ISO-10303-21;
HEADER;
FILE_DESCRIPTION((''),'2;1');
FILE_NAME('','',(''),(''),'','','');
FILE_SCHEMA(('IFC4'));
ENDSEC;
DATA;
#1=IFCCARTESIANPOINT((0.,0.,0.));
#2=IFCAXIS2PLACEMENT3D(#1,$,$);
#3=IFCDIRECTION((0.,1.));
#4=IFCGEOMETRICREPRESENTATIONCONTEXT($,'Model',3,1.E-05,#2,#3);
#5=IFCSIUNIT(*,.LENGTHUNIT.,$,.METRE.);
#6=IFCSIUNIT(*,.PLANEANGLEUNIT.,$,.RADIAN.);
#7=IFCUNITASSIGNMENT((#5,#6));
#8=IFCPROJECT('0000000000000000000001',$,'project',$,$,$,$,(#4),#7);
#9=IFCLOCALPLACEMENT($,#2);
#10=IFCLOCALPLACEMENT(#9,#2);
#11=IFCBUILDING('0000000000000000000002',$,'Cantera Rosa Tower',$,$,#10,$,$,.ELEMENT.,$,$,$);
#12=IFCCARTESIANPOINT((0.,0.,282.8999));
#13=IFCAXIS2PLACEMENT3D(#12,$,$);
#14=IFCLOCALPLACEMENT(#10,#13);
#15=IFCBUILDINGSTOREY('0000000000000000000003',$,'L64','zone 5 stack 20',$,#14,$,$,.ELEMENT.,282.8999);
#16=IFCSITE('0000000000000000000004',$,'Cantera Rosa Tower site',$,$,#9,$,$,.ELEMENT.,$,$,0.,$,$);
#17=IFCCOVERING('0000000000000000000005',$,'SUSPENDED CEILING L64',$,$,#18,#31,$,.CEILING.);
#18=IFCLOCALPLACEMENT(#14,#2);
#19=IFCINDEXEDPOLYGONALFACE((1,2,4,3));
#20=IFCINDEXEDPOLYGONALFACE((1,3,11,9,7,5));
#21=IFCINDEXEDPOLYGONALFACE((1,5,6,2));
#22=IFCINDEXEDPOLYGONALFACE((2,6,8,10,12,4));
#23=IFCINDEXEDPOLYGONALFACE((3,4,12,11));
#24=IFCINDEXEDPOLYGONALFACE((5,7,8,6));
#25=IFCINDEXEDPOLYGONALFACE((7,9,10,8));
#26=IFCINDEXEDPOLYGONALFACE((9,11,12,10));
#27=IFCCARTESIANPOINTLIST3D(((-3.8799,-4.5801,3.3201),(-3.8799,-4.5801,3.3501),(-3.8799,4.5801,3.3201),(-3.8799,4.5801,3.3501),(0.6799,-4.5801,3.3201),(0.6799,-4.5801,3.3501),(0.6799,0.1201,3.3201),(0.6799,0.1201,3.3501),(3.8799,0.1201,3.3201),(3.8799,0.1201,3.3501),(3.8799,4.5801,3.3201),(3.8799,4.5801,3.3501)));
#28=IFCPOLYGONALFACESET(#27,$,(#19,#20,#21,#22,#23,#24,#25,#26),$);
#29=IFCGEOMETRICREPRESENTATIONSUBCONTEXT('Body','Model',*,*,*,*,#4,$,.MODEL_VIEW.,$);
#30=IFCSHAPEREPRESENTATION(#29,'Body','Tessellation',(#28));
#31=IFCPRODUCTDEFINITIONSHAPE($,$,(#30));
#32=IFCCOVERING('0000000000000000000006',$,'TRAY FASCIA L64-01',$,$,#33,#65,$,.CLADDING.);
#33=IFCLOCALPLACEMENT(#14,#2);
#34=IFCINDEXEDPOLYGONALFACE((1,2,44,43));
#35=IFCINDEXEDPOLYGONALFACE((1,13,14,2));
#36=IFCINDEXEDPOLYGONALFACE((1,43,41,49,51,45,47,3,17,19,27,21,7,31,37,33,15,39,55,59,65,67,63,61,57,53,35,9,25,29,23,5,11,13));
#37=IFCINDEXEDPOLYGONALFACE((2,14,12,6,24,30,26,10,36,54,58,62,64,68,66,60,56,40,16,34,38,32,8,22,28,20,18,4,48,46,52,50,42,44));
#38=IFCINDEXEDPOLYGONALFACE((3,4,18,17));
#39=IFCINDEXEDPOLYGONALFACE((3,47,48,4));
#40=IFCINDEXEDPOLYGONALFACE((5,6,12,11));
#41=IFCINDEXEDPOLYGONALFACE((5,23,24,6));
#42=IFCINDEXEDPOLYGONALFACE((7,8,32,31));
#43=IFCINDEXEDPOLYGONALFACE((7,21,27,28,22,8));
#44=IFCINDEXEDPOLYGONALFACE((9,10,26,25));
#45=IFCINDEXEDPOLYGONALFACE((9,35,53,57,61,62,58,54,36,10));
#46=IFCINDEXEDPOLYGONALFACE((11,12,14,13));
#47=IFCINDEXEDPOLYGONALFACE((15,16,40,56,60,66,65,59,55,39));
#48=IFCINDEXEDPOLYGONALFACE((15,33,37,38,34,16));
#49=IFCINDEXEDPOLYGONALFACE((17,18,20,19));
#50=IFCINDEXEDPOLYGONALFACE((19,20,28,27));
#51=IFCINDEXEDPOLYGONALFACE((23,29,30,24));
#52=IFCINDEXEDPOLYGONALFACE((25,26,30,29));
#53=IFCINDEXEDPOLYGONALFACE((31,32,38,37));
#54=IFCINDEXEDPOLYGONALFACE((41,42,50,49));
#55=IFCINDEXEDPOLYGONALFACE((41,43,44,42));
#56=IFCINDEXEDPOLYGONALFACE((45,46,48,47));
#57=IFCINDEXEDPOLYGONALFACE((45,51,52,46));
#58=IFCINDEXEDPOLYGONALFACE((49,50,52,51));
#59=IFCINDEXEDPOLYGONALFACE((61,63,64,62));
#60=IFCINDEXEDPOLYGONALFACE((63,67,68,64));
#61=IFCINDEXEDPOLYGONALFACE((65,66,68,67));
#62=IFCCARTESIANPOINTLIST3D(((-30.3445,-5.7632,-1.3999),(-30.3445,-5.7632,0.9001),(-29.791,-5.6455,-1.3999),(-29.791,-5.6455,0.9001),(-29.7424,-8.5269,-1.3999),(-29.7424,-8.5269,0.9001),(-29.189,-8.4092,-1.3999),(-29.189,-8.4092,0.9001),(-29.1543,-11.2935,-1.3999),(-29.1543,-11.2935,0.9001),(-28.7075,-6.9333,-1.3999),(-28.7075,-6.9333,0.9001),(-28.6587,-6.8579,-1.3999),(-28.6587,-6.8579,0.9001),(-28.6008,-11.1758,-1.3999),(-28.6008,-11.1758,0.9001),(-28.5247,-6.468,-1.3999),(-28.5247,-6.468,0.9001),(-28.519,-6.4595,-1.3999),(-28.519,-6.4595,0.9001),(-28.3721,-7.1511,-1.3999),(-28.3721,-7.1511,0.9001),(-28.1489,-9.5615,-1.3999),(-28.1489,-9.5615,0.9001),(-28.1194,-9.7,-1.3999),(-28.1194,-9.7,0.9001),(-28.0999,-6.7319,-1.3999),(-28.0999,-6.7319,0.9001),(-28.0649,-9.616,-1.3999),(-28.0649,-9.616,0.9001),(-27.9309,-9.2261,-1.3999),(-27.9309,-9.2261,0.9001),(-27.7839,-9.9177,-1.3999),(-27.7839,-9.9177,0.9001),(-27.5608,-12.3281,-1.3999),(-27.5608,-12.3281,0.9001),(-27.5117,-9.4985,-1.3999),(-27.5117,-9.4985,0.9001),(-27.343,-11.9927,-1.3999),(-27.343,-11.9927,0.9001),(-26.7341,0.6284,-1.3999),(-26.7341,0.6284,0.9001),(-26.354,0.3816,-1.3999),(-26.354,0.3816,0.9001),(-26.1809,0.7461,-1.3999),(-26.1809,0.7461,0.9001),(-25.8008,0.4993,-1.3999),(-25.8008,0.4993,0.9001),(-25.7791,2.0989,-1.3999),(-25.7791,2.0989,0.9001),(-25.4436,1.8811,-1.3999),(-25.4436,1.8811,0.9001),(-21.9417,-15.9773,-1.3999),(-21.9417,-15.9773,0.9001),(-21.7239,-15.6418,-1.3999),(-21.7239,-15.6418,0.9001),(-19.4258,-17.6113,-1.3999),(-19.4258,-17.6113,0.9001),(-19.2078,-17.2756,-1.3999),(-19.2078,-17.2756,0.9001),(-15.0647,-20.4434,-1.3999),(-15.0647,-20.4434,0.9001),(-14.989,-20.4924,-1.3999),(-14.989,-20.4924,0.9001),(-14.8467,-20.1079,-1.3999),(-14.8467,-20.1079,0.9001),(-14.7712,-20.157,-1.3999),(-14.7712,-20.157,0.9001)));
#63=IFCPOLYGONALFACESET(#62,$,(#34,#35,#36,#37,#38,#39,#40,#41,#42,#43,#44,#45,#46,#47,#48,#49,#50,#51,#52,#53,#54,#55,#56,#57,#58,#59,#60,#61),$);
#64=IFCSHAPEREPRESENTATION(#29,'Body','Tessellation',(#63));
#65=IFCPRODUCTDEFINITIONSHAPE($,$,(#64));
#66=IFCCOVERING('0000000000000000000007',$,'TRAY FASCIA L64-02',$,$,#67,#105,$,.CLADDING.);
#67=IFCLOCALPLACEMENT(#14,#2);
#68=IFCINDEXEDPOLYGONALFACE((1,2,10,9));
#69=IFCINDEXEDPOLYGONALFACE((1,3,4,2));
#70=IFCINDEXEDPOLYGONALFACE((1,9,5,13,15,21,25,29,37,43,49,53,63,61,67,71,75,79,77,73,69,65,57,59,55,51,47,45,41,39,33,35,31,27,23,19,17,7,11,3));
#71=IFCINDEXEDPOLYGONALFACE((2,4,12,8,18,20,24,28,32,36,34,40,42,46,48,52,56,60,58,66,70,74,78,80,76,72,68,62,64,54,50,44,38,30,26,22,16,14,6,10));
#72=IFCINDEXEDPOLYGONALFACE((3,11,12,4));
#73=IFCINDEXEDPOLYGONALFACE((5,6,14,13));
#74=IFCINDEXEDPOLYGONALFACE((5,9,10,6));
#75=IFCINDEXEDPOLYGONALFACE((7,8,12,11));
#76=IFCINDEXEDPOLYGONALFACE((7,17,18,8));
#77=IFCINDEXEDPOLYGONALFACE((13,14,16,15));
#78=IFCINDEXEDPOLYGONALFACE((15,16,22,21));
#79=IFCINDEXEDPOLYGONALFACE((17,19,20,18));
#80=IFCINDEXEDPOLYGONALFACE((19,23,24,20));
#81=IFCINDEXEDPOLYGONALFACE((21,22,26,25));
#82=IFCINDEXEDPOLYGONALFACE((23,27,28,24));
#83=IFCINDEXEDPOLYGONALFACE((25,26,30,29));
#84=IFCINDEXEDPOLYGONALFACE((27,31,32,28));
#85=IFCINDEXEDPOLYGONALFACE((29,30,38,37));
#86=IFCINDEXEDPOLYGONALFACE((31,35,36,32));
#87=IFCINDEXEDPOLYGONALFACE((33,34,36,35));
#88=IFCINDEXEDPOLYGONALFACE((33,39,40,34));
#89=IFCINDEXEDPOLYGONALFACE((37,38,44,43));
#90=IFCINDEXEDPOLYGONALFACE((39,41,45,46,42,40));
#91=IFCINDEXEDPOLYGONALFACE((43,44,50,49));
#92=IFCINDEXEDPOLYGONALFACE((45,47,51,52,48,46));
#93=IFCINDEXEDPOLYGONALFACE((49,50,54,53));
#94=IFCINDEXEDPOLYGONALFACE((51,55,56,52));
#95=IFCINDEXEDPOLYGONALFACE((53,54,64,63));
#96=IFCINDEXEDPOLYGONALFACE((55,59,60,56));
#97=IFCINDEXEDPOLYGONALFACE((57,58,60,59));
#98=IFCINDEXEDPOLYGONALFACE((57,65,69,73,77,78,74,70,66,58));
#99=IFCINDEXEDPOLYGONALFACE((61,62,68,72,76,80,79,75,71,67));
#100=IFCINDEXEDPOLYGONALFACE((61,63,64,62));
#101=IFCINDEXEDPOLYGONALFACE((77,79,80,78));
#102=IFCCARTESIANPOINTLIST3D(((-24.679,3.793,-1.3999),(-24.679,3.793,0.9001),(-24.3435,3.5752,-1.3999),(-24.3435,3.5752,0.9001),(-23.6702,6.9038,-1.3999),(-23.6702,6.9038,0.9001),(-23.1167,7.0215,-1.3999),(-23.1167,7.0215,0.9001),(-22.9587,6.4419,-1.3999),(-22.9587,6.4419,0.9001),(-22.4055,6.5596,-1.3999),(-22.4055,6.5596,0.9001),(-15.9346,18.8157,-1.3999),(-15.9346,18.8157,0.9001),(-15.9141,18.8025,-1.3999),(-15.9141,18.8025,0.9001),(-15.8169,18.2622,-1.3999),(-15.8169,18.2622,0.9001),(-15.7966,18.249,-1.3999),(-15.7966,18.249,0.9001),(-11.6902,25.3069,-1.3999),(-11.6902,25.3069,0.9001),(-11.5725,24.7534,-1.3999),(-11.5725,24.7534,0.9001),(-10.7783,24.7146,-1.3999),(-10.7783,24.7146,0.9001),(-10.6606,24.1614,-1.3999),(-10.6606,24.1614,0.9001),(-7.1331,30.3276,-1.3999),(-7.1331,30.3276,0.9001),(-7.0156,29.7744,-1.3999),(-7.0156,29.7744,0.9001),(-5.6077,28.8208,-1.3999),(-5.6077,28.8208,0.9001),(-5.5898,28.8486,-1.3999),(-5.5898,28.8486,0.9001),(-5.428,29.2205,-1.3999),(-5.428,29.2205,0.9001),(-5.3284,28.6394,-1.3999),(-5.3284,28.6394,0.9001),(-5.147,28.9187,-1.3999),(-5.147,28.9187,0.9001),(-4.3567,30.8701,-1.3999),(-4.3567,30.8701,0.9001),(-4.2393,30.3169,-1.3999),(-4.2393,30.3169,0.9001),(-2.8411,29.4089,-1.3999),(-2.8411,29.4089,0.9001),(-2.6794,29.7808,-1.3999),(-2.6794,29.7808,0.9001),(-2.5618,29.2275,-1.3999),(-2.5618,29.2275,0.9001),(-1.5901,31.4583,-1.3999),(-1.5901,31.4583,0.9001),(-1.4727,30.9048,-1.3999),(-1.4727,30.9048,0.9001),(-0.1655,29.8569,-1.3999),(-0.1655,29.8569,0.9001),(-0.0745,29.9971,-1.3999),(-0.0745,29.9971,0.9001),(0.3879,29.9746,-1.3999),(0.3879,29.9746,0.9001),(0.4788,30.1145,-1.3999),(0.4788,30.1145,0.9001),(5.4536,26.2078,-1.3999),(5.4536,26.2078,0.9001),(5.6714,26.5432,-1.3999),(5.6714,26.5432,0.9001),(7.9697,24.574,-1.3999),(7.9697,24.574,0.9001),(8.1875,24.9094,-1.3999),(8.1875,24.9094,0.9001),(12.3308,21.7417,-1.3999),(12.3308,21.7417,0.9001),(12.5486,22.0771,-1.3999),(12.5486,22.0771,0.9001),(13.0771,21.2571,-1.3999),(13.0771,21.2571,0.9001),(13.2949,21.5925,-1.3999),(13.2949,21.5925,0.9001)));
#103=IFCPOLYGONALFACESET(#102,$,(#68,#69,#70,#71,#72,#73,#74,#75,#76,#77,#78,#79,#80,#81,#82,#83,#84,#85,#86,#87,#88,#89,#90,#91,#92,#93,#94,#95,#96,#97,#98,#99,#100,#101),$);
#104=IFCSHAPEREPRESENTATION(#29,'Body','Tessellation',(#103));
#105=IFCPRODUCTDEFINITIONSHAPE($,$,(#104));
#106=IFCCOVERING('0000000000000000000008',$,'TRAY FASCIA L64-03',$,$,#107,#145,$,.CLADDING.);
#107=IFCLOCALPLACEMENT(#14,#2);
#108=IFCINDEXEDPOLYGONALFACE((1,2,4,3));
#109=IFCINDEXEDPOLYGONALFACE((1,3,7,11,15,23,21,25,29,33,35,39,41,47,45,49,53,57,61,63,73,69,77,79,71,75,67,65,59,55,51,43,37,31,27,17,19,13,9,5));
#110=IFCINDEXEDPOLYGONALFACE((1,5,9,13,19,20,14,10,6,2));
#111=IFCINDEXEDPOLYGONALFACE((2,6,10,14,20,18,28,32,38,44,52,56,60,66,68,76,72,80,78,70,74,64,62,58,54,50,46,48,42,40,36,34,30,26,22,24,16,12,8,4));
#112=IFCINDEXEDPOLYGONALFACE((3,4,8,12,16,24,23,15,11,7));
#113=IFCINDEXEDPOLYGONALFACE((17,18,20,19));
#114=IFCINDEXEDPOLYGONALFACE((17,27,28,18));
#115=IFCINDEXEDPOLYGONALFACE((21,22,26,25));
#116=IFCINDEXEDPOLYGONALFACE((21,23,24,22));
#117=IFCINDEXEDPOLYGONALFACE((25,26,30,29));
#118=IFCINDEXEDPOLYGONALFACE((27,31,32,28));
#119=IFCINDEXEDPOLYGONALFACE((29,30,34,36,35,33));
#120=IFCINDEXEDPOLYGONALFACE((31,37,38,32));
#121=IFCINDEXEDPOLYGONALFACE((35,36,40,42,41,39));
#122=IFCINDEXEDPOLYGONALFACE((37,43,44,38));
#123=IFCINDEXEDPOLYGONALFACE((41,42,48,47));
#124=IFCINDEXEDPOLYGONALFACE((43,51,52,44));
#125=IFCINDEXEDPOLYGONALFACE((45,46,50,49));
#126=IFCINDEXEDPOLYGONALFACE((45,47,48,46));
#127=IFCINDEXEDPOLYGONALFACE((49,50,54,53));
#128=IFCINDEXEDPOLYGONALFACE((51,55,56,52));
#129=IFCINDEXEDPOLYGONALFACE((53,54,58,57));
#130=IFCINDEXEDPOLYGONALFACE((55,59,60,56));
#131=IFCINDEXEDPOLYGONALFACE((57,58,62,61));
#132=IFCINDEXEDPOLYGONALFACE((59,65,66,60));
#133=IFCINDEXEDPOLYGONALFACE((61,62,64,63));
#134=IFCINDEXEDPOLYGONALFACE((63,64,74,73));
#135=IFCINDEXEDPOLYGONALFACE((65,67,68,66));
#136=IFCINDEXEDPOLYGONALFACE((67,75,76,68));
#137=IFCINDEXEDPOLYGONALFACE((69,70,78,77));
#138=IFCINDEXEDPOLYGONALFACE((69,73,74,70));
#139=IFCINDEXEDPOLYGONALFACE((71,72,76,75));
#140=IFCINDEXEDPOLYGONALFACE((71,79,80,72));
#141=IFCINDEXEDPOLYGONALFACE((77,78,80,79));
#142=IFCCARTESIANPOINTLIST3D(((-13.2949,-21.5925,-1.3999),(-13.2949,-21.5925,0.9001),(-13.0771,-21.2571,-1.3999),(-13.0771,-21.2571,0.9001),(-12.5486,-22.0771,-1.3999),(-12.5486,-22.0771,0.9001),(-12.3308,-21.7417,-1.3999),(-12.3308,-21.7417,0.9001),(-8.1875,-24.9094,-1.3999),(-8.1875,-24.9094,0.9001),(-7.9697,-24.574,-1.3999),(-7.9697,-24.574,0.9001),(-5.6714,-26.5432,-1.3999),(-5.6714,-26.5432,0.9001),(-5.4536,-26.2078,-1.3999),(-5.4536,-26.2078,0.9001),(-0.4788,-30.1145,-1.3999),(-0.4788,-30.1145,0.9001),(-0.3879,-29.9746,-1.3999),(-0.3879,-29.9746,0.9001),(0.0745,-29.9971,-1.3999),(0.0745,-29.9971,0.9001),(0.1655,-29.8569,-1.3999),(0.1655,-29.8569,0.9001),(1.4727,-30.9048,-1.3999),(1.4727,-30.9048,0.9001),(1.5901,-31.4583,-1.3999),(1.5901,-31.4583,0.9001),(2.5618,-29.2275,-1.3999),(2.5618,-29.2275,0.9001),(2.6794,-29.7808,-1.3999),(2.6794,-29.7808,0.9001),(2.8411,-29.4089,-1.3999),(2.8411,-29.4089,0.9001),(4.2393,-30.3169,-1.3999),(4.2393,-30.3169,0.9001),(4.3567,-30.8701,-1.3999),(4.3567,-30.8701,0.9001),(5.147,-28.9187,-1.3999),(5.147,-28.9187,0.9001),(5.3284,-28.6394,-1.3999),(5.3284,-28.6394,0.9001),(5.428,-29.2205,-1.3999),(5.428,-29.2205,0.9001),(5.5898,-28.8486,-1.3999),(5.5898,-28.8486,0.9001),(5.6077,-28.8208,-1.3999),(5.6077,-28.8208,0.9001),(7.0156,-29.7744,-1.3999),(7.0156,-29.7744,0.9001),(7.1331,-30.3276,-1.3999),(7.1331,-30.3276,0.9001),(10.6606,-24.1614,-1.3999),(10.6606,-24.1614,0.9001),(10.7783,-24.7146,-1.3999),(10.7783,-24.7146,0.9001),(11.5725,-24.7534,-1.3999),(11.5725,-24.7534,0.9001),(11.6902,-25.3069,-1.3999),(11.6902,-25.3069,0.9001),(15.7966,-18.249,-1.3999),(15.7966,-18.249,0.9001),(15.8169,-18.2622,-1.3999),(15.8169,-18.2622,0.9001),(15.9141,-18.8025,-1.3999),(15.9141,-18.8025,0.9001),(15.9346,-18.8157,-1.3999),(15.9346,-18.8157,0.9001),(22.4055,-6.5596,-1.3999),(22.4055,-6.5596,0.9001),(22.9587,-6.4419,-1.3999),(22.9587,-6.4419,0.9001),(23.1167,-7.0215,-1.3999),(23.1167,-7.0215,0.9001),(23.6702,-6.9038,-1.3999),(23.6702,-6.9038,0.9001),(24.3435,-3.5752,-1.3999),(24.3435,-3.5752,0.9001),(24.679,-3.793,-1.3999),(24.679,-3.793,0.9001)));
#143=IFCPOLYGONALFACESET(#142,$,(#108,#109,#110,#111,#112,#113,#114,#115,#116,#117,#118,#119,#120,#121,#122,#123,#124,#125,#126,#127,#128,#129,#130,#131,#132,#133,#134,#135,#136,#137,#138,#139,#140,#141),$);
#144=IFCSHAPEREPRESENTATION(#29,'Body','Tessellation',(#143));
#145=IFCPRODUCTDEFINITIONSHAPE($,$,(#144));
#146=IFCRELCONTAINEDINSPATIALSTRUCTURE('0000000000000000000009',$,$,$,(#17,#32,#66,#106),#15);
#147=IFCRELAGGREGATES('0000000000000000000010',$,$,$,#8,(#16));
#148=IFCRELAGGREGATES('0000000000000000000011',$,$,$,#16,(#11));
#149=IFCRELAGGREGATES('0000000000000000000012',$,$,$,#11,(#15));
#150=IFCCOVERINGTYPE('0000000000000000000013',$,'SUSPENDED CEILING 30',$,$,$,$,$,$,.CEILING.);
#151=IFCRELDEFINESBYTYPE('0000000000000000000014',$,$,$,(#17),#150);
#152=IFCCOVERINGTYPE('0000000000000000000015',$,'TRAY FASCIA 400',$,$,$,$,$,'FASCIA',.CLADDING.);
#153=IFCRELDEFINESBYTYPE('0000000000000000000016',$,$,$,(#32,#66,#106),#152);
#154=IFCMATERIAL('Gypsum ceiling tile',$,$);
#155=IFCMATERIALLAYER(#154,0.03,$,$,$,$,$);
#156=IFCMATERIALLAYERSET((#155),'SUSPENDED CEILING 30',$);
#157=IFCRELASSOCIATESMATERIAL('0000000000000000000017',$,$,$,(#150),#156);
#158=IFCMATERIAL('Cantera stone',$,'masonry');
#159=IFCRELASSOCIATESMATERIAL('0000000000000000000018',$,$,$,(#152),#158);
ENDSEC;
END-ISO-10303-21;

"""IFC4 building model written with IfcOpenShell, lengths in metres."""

from ifc_helpers import new_model, si_unit, direction, frame, origin, place, context, subcontext, project, spatial, polyline, outline, extrude, material, layer, layer_set, type_object, element, save


model = new_model("IFC4")

# Units and contexts
model_context = context("Model", 3, precision=1e-05, world=origin(), true_north=direction((0.0, 1.0)))
body_context = subcontext(model_context, "Body", "Model", "MODEL_VIEW")
ifc_project = project(units=[si_unit("LENGTHUNIT", "METRE"), si_unit("PLANEANGLEUNIT", "RADIAN")], contexts=[model_context])

# Site, building, storey
site_placement = place(None, origin())
site = spatial("IfcSite", under=ifc_project, at=site_placement, Name="Cantera Rosa Tower site", CompositionType="ELEMENT", RefElevation=0.0)
building_placement = place(site_placement, origin())
building = spatial("IfcBuilding", under=site, at=building_placement, Name="Cantera Rosa Tower", CompositionType="ELEMENT")
storey_placement = place(building_placement, frame((0.0, 0.0, 282.8999)))
storey = spatial("IfcBuildingStorey", under=building, at=storey_placement, Name="L64", Description="zone 5 stack 20", CompositionType="ELEMENT", Elevation=282.8999)

# Coverings
ifc_material_1 = material(Name="Gypsum ceiling tile")
ifc_layer_1 = layer(ifc_material_1, 0.03)
ifc_layer_set_1 = layer_set([ifc_layer_1], Name="SUSPENDED CEILING 30")
covering_type_1 = type_object("IfcCoveringType", Name="SUSPENDED CEILING 30", PredefinedType="CEILING", material=ifc_layer_set_1)
covering_1_placement = place(storey_placement, frame((0.0, 0.0, 3.3201)))
element("IfcCovering", 1, at=covering_1_placement, inside=storey, type_object=covering_type_1, Name="SUSPENDED CEILING L64", PredefinedType="CEILING", context=body_context, shape_type="SweptSolid", body=[
    extrude(outline(polyline([(3.8799, 4.5801), (3.8799, 0.1201), (0.6799, 0.1201), (0.6799, -4.5801), (-3.8799, -4.5801), (-3.8799, 4.5801), (3.8799, 4.5801)])), origin(), (0.0, 0.0, 1.0), 0.03),
])
ifc_material_2 = material(Name="Cantera stone", Category="masonry")
covering_type_2 = type_object("IfcCoveringType", Name="TRAY FASCIA 400", ElementType="FASCIA", PredefinedType="CLADDING", material=ifc_material_2)
covering_2_placement = place(storey_placement, frame((0.0, 0.0, -1.3999)))
element("IfcCovering", 2, at=covering_2_placement, inside=storey, type_object=covering_type_2, Name="TRAY FASCIA L64-01", PredefinedType="CLADDING", context=body_context, shape_type="SweptSolid", body=[
    extrude(outline(polyline([(-26.354, 0.3816), (-26.7341, 0.6284), (-25.7791, 2.0989), (-25.4436, 1.8811), (-26.1809, 0.7461), (-25.8008, 0.4993), (-29.791, -5.6455), (-28.5247, -6.468), (-28.519, -6.4595), (-28.0999, -6.7319), (-28.3721, -7.1511), (-29.189, -8.4092), (-27.9309, -9.2261), (-27.5117, -9.4985), (-27.7839, -9.9177), (-28.6008, -11.1758), (-27.343, -11.9927), (-21.7239, -15.6418), (-19.2078, -17.2756), (-14.8467, -20.1079), (-14.7712, -20.157), (-14.989, -20.4924), (-15.0647, -20.4434), (-19.4258, -17.6113), (-21.9417, -15.9773), (-27.5608, -12.3281), (-29.1543, -11.2935), (-28.1194, -9.7), (-28.0649, -9.616), (-28.1489, -9.5615), (-29.7424, -8.5269), (-28.7075, -6.9333), (-28.6587, -6.8579), (-30.3445, -5.7632), (-26.354, 0.3816)])), origin(), (0.0, 0.0, 1.0), 2.3),
])
covering_3_placement = place(storey_placement, frame((0.0, 0.0, -1.3999)))
element("IfcCovering", 3, at=covering_3_placement, inside=storey, type_object=covering_type_2, Name="TRAY FASCIA L64-02", PredefinedType="CLADDING", context=body_context, shape_type="SweptSolid", body=[
    extrude(outline(polyline([(-22.9587, 6.4419), (-23.6702, 6.9038), (-15.9346, 18.8157), (-15.9141, 18.8025), (-11.6902, 25.3069), (-10.7783, 24.7146), (-7.1331, 30.3276), (-5.428, 29.2205), (-4.3567, 30.8701), (-2.6794, 29.7808), (-1.5901, 31.4583), (0.4788, 30.1145), (0.3879, 29.9746), (5.6714, 26.5432), (8.1875, 24.9094), (12.5486, 22.0771), (13.2949, 21.5925), (13.0771, 21.2571), (12.3308, 21.7417), (7.9697, 24.574), (5.4536, 26.2078), (-0.1655, 29.8569), (-0.0745, 29.9971), (-1.4727, 30.9048), (-2.5618, 29.2275), (-2.8411, 29.4089), (-4.2393, 30.3169), (-5.147, 28.9187), (-5.3284, 28.6394), (-5.6077, 28.8208), (-5.5898, 28.8486), (-7.0156, 29.7744), (-10.6606, 24.1614), (-11.5725, 24.7534), (-15.7966, 18.249), (-15.8169, 18.2622), (-23.1167, 7.0215), (-22.4055, 6.5596), (-24.3435, 3.5752), (-24.679, 3.793), (-22.9587, 6.4419)])), origin(), (0.0, 0.0, 1.0), 2.3),
])
covering_4_placement = place(storey_placement, frame((0.0, 0.0, -1.3999)))
element("IfcCovering", 4, at=covering_4_placement, inside=storey, type_object=covering_type_2, Name="TRAY FASCIA L64-03", PredefinedType="CLADDING", context=body_context, shape_type="SweptSolid", body=[
    extrude(outline(polyline([(22.9587, -6.4419), (23.6702, -6.9038), (15.9346, -18.8157), (15.9141, -18.8025), (11.6902, -25.3069), (10.7783, -24.7146), (7.1331, -30.3276), (5.428, -29.2205), (4.3567, -30.8701), (2.6794, -29.7808), (1.5901, -31.4583), (-0.4788, -30.1145), (-0.3879, -29.9746), (-5.6714, -26.5432), (-8.1875, -24.9094), (-12.5486, -22.0771), (-13.2949, -21.5925), (-13.0771, -21.2571), (-12.3308, -21.7417), (-7.9697, -24.574), (-5.4536, -26.2078), (0.1655, -29.8569), (0.0745, -29.9971), (1.4727, -30.9048), (2.5618, -29.2275), (2.8411, -29.4089), (4.2393, -30.3169), (5.147, -28.9187), (5.3284, -28.6394), (5.6077, -28.8208), (5.5898, -28.8486), (7.0156, -29.7744), (10.6606, -24.1614), (11.5725, -24.7534), (15.7966, -18.249), (15.8169, -18.2622), (23.1167, -7.0215), (22.4055, -6.5596), (24.3435, -3.5752), (24.679, -3.793), (22.9587, -6.4419)])), origin(), (0.0, 0.0, 1.0), 2.3),
])

save(model, "model.ifc")
